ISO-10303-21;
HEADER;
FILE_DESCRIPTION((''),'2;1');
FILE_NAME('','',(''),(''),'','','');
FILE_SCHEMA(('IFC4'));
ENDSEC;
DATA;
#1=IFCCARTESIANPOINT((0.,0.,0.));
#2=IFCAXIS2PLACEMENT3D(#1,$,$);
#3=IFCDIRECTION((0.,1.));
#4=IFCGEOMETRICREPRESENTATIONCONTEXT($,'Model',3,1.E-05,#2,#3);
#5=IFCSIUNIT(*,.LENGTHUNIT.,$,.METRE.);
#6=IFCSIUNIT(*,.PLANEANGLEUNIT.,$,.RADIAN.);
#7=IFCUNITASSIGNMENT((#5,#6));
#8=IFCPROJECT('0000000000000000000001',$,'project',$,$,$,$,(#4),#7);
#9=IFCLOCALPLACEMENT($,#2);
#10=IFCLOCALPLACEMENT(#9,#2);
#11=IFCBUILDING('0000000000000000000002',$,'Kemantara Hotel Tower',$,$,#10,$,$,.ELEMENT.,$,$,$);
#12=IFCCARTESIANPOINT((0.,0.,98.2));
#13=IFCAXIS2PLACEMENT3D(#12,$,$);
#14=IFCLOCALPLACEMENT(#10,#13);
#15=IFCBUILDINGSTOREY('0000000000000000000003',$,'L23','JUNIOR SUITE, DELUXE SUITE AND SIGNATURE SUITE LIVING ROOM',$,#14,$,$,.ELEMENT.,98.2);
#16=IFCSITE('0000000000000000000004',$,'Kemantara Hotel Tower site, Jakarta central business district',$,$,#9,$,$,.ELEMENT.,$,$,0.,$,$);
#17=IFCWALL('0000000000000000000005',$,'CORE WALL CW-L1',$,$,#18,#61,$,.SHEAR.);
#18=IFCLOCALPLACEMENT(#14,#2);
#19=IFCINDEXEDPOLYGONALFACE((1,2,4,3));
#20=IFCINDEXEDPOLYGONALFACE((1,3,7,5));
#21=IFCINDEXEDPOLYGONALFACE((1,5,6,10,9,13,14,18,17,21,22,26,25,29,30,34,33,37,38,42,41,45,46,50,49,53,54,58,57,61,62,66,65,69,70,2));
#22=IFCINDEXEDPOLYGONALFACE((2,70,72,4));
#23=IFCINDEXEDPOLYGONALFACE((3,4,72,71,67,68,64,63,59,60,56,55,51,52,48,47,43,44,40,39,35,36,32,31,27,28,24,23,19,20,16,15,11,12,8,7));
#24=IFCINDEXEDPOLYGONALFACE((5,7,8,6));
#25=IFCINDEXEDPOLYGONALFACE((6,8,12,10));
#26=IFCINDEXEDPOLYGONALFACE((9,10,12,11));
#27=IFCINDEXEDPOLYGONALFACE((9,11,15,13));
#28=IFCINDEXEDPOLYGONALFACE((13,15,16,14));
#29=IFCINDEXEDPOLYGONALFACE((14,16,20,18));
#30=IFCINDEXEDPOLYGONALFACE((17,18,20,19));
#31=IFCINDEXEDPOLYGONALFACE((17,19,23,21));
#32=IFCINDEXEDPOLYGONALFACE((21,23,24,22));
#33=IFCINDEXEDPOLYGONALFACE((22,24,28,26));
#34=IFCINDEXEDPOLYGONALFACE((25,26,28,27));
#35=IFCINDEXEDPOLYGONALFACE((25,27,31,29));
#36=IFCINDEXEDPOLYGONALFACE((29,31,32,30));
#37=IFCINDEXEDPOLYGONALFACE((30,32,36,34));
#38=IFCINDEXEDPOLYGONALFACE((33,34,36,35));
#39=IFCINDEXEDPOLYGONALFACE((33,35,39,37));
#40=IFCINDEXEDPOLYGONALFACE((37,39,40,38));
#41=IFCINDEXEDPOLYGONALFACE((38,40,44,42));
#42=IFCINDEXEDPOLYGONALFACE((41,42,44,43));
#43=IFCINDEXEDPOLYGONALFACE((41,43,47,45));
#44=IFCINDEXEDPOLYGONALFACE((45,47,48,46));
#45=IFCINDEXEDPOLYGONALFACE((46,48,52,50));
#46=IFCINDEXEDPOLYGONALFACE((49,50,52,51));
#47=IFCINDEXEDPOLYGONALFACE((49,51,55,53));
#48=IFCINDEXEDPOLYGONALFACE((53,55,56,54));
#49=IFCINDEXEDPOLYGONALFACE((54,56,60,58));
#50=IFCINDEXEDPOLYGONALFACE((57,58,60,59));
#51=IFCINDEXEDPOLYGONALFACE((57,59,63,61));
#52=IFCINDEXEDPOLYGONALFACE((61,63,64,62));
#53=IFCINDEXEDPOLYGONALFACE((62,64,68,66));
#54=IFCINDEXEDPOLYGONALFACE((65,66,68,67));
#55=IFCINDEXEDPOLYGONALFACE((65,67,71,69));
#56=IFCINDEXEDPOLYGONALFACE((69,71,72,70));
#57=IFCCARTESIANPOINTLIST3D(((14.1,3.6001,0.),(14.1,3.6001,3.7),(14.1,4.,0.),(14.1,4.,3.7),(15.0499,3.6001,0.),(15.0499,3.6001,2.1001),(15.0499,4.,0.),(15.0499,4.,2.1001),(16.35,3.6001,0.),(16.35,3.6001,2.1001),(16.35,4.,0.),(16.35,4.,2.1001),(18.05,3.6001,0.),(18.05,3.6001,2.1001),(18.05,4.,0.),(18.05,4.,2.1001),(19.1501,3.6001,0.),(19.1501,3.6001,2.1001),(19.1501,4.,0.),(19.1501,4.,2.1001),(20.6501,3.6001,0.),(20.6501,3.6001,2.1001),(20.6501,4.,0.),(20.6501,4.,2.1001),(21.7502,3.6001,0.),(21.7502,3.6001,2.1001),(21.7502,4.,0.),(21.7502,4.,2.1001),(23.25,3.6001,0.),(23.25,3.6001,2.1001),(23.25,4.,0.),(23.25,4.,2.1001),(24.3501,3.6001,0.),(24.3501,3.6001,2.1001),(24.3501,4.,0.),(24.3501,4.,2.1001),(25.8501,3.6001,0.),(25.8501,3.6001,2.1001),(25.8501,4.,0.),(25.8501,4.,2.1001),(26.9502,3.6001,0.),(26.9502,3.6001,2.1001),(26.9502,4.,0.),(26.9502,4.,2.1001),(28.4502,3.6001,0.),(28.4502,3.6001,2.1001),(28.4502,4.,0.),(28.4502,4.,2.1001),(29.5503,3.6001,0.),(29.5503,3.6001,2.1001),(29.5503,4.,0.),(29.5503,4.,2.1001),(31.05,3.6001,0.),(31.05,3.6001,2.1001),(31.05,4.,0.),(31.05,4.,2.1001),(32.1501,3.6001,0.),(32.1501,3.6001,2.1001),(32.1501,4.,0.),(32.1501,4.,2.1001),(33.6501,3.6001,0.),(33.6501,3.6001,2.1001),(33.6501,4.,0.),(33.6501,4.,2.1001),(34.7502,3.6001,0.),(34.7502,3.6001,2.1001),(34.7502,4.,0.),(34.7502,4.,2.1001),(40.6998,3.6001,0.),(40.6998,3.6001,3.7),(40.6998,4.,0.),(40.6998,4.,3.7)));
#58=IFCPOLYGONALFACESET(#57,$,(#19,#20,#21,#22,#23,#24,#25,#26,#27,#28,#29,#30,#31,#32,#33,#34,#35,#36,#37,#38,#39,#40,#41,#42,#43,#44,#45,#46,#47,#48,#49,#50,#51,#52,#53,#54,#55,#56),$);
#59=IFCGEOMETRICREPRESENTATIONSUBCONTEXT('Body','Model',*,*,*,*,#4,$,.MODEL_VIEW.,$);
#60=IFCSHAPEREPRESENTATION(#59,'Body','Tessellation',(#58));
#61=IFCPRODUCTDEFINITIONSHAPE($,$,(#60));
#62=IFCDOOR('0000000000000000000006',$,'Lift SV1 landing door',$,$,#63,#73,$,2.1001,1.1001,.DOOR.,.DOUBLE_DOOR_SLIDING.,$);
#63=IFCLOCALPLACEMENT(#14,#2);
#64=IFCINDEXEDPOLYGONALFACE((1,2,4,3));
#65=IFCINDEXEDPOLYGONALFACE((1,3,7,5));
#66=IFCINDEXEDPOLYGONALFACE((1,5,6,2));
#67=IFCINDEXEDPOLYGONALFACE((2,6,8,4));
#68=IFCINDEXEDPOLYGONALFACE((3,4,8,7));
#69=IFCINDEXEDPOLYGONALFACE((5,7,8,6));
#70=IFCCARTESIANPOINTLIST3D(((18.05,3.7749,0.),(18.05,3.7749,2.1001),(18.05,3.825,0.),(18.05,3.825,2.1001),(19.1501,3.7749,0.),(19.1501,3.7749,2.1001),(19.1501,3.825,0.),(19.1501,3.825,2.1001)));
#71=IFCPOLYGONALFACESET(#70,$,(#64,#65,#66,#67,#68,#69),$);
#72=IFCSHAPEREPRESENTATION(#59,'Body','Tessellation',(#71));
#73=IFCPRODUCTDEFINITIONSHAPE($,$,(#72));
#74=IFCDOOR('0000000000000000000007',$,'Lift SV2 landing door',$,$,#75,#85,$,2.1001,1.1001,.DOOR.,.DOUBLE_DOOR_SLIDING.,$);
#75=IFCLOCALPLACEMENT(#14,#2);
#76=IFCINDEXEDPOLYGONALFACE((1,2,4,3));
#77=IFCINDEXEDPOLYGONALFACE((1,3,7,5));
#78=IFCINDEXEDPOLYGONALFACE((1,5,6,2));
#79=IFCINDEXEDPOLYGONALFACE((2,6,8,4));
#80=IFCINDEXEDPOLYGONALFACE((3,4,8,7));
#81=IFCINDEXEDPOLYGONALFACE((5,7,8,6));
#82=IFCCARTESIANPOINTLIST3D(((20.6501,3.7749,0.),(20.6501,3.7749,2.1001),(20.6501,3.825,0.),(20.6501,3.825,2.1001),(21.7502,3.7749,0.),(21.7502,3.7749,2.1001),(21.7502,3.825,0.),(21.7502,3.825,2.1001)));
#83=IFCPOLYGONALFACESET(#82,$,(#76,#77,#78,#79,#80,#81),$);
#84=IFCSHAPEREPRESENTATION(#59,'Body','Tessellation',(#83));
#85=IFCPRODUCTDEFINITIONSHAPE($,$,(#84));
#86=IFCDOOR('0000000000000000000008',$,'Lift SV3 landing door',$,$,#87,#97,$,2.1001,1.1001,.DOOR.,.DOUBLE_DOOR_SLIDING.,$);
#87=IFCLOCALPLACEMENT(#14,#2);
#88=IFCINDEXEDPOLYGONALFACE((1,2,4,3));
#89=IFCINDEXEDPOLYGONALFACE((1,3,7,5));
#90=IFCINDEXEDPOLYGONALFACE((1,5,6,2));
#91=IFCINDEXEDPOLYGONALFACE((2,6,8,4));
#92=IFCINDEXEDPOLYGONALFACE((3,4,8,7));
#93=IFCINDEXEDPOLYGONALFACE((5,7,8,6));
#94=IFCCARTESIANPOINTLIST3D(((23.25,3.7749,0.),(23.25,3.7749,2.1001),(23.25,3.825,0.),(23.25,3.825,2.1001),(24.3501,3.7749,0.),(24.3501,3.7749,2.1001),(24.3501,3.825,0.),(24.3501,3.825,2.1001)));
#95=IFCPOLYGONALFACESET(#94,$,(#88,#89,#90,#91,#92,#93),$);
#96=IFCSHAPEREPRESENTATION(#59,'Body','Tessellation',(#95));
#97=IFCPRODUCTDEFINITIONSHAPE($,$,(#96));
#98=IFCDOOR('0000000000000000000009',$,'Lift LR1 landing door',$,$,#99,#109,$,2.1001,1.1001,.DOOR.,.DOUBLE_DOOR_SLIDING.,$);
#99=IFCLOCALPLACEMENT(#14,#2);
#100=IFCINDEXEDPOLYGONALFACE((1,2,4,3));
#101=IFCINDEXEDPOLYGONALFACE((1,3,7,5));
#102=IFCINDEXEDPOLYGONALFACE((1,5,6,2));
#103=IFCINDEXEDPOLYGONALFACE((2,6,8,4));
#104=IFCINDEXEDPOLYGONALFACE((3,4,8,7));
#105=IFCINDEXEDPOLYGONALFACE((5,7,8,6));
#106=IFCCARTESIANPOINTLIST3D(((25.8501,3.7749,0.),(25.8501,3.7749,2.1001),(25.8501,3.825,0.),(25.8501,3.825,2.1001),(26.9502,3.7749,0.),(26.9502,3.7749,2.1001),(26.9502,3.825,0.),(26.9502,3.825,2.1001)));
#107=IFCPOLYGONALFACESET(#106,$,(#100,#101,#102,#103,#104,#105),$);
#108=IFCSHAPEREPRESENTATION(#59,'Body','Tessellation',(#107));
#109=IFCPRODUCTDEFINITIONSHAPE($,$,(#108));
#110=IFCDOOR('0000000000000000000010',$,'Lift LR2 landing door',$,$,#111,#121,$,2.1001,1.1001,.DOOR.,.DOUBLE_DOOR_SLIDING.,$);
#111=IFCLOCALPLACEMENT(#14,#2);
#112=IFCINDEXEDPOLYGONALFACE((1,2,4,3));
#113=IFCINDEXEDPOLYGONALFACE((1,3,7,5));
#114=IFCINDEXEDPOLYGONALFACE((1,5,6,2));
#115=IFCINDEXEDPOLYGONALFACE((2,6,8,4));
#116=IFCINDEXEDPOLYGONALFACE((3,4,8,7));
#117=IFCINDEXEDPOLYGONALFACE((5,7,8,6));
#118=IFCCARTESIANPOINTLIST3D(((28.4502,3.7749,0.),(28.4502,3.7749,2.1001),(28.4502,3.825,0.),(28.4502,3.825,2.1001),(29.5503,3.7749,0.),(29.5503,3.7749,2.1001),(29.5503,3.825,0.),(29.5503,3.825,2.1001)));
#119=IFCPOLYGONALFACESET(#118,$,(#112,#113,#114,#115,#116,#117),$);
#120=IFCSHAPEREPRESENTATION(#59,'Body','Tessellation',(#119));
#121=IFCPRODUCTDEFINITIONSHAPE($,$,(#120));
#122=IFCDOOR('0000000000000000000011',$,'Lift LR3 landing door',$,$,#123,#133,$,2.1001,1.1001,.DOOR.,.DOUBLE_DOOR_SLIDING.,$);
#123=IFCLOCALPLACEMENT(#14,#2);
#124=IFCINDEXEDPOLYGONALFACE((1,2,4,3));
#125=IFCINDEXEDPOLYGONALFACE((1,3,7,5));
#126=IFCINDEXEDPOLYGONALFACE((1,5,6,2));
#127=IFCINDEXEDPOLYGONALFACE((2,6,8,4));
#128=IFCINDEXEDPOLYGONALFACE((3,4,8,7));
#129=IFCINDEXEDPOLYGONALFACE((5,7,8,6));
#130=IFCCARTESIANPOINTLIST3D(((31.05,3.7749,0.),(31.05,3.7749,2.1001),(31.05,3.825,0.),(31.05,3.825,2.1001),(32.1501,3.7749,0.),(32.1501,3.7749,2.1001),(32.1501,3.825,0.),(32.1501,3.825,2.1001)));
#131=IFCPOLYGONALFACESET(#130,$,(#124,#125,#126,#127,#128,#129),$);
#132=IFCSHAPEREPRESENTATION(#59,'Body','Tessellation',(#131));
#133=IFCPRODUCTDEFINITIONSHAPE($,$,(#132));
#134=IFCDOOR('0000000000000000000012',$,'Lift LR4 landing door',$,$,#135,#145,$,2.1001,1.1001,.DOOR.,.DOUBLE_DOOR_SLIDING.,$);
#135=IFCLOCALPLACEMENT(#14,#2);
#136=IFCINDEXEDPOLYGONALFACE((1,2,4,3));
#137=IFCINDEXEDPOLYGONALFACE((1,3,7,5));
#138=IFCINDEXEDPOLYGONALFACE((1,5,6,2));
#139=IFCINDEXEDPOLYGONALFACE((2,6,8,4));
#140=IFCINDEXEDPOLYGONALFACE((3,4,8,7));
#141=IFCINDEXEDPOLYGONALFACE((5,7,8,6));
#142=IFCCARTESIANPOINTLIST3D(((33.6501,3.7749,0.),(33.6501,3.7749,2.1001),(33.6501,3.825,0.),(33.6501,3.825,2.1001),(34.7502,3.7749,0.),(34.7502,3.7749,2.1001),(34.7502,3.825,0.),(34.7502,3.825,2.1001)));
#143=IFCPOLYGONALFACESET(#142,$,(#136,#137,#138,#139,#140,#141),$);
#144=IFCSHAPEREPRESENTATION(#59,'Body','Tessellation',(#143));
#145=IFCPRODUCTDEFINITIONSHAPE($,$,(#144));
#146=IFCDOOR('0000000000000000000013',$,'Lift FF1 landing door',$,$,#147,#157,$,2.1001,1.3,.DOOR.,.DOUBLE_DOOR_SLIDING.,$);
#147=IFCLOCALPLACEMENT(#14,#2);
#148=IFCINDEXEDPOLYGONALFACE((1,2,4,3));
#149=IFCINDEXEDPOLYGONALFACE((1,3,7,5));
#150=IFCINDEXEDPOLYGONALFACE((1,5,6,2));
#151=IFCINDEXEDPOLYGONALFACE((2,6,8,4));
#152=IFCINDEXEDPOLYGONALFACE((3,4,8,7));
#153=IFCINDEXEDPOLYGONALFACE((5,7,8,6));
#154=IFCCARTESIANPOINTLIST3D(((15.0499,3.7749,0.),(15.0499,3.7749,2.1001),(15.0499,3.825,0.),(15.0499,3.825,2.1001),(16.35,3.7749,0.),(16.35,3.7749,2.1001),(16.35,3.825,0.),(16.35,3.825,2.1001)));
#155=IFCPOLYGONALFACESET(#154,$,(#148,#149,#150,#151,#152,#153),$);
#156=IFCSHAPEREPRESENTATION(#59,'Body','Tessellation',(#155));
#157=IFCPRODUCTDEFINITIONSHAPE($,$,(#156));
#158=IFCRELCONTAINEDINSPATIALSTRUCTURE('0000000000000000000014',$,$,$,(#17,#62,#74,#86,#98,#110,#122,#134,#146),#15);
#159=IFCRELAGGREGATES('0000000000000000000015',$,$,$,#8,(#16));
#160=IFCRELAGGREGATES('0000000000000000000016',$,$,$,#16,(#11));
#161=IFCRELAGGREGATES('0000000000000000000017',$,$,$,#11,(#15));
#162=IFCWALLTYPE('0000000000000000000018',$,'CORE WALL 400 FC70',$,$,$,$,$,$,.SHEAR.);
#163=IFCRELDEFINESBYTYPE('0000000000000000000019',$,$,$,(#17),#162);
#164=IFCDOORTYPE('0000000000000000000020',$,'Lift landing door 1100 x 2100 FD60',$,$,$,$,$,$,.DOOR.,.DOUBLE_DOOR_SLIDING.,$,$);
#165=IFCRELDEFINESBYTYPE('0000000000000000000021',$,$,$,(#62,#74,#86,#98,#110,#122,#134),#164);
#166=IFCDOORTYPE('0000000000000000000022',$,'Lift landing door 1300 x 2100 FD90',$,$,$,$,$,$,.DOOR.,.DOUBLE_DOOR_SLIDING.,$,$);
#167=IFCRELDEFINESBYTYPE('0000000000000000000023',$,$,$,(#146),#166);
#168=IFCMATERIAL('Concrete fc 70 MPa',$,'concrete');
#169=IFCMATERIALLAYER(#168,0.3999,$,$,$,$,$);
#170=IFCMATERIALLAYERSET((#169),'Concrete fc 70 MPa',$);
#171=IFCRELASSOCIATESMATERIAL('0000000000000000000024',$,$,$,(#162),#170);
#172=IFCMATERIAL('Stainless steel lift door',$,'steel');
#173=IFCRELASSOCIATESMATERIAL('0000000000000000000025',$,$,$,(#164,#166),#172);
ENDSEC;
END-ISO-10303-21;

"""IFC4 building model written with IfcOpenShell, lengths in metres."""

from ifc_helpers import new_model, si_unit, direction, frame, frame_2d, origin, place, context, subcontext, project, spatial, rectangle, extrude, material, layer, layer_set, type_object, element, fill, save


model = new_model("IFC4")

# Units and contexts
model_context = context("Model", 3, precision=1e-05, world=origin(), true_north=direction((0.0, 1.0)))
body_context = subcontext(model_context, "Body", "Model", "MODEL_VIEW")
ifc_project = project(units=[si_unit("LENGTHUNIT", "METRE"), si_unit("PLANEANGLEUNIT", "RADIAN")], contexts=[model_context])

# Site, building, storey
site_placement = place(None, origin())
site = spatial("IfcSite", under=ifc_project, at=site_placement, Name="Kemantara Hotel Tower site, Jakarta central business district", CompositionType="ELEMENT", RefElevation=0.0)
building_placement = place(site_placement, origin())
building = spatial("IfcBuilding", under=site, at=building_placement, Name="Kemantara Hotel Tower", CompositionType="ELEMENT")
storey_placement = place(building_placement, frame((0.0, 0.0, 98.2)))
storey = spatial("IfcBuildingStorey", under=building, at=storey_placement, Name="L23", Description="JUNIOR SUITE, DELUXE SUITE AND SIGNATURE SUITE LIVING ROOM", CompositionType="ELEMENT", Elevation=98.2)

# Wall, openings, doors
ifc_material_1 = material(Name="Concrete fc 70 MPa", Category="concrete")
ifc_layer_1 = layer(ifc_material_1, 0.3999)
ifc_layer_set_1 = layer_set([ifc_layer_1], Name="Concrete fc 70 MPa")
wall_type_1 = type_object("IfcWallType", Name="CORE WALL 400 FC70", PredefinedType="SHEAR", material=ifc_layer_set_1)
wall_1_placement = place(storey_placement, frame((14.1001, 3.8, 0.0), z_axis=(0.0, 0.0, 1.0), x_axis=(1.0, 0.0, 0.0)))
wall_1 = element("IfcWall", 1, at=wall_1_placement, inside=storey, type_object=wall_type_1, Name="CORE WALL CW-L1", PredefinedType="SHEAR", context=body_context, shape_type="SweptSolid", body=[
    extrude(rectangle(XDim=26.5999, YDim=0.3999, at=frame_2d((13.2998, 0.0))), origin(), (0.0, 0.0, 1.0), 3.7),
])
opening_1_placement = place(wall_1_placement, frame((0.95, 0.0, 0.0)))
opening_1 = element("IfcOpeningElement", 2, at=opening_1_placement, cuts=wall_1, PredefinedType="OPENING", context=body_context, shape_type="SweptSolid", body=[
    extrude(rectangle(XDim=1.3, YDim=2.1001, at=frame_2d((0.6499, 1.05))), frame((0.0, 0.21, 0.0), z_axis=(0.0, -1.0, 0.0), x_axis=(1.0, 0.0, 0.0)), (0.0, 0.0, 1.0), 0.4199),
])
opening_2_placement = place(wall_1_placement, frame((3.95, 0.0, 0.0)))
opening_2 = element("IfcOpeningElement", 3, at=opening_2_placement, cuts=wall_1, PredefinedType="OPENING", context=body_context, shape_type="SweptSolid", body=[
    extrude(rectangle(XDim=1.1001, YDim=2.1001, at=frame_2d((0.55, 1.05))), frame((0.0, 0.21, 0.0), z_axis=(0.0, -1.0, 0.0), x_axis=(1.0, 0.0, 0.0)), (0.0, 0.0, 1.0), 0.4199),
])
opening_3_placement = place(wall_1_placement, frame((6.55, 0.0, 0.0)))
opening_3 = element("IfcOpeningElement", 4, at=opening_3_placement, cuts=wall_1, PredefinedType="OPENING", context=body_context, shape_type="SweptSolid", body=[
    extrude(rectangle(XDim=1.1001, YDim=2.1001, at=frame_2d((0.55, 1.05))), frame((0.0, 0.21, 0.0), z_axis=(0.0, -1.0, 0.0), x_axis=(1.0, 0.0, 0.0)), (0.0, 0.0, 1.0), 0.4199),
])
opening_4_placement = place(wall_1_placement, frame((9.1499, 0.0, 0.0)))
opening_4 = element("IfcOpeningElement", 5, at=opening_4_placement, cuts=wall_1, PredefinedType="OPENING", context=body_context, shape_type="SweptSolid", body=[
    extrude(rectangle(XDim=1.1001, YDim=2.1001, at=frame_2d((0.55, 1.05))), frame((0.0, 0.21, 0.0), z_axis=(0.0, -1.0, 0.0), x_axis=(1.0, 0.0, 0.0)), (0.0, 0.0, 1.0), 0.4199),
])
opening_5_placement = place(wall_1_placement, frame((11.75, 0.0, 0.0)))
opening_5 = element("IfcOpeningElement", 6, at=opening_5_placement, cuts=wall_1, PredefinedType="OPENING", context=body_context, shape_type="SweptSolid", body=[
    extrude(rectangle(XDim=1.1001, YDim=2.1001, at=frame_2d((0.55, 1.05))), frame((0.0, 0.21, 0.0), z_axis=(0.0, -1.0, 0.0), x_axis=(1.0, 0.0, 0.0)), (0.0, 0.0, 1.0), 0.4199),
])
opening_6_placement = place(wall_1_placement, frame((14.3501, 0.0, 0.0)))
opening_6 = element("IfcOpeningElement", 7, at=opening_6_placement, cuts=wall_1, PredefinedType="OPENING", context=body_context, shape_type="SweptSolid", body=[
    extrude(rectangle(XDim=1.1001, YDim=2.1001, at=frame_2d((0.55, 1.05))), frame((0.0, 0.21, 0.0), z_axis=(0.0, -1.0, 0.0), x_axis=(1.0, 0.0, 0.0)), (0.0, 0.0, 1.0), 0.4199),
])
opening_7_placement = place(wall_1_placement, frame((16.95, 0.0, 0.0)))
opening_7 = element("IfcOpeningElement", 8, at=opening_7_placement, cuts=wall_1, PredefinedType="OPENING", context=body_context, shape_type="SweptSolid", body=[
    extrude(rectangle(XDim=1.1001, YDim=2.1001, at=frame_2d((0.55, 1.05))), frame((0.0, 0.21, 0.0), z_axis=(0.0, -1.0, 0.0), x_axis=(1.0, 0.0, 0.0)), (0.0, 0.0, 1.0), 0.4199),
])
opening_8_placement = place(wall_1_placement, frame((19.55, 0.0, 0.0)))
opening_8 = element("IfcOpeningElement", 9, at=opening_8_placement, cuts=wall_1, PredefinedType="OPENING", context=body_context, shape_type="SweptSolid", body=[
    extrude(rectangle(XDim=1.1001, YDim=2.1001, at=frame_2d((0.55, 1.05))), frame((0.0, 0.21, 0.0), z_axis=(0.0, -1.0, 0.0), x_axis=(1.0, 0.0, 0.0)), (0.0, 0.0, 1.0), 0.4199),
])
ifc_material_2 = material(Name="Stainless steel lift door", Category="steel")
door_type_1 = type_object("IfcDoorType", Name="Lift landing door 1100 x 2100 FD60", OperationType="DOUBLE_DOOR_SLIDING", PredefinedType="DOOR", material=ifc_material_2)
door_1_placement = place(opening_2_placement, origin())
door_1 = element("IfcDoor", 10, at=door_1_placement, inside=storey, type_object=door_type_1, Name="Lift SV1 landing door", OperationType="DOUBLE_DOOR_SLIDING", OverallHeight=2.1001, OverallWidth=1.1001, PredefinedType="DOOR", context=body_context, shape_type="SweptSolid", body=[
    extrude(rectangle(XDim=1.1001, YDim=2.1001, at=frame_2d((0.55, 1.05))), frame((0.0, 0.0249, 0.0), z_axis=(0.0, -1.0, 0.0), x_axis=(1.0, 0.0, 0.0)), (0.0, 0.0, 1.0), 0.05),
])
fill(opening_2, door_1)
door_2_placement = place(opening_3_placement, origin())
door_2 = element("IfcDoor", 11, at=door_2_placement, inside=storey, type_object=door_type_1, Name="Lift SV2 landing door", OperationType="DOUBLE_DOOR_SLIDING", OverallHeight=2.1001, OverallWidth=1.1001, PredefinedType="DOOR", context=body_context, shape_type="SweptSolid", body=[
    extrude(rectangle(XDim=1.1001, YDim=2.1001, at=frame_2d((0.55, 1.05))), frame((0.0, 0.0249, 0.0), z_axis=(0.0, -1.0, 0.0), x_axis=(1.0, 0.0, 0.0)), (0.0, 0.0, 1.0), 0.05),
])
fill(opening_3, door_2)
door_3_placement = place(opening_4_placement, origin())
door_3 = element("IfcDoor", 12, at=door_3_placement, inside=storey, type_object=door_type_1, Name="Lift SV3 landing door", OperationType="DOUBLE_DOOR_SLIDING", OverallHeight=2.1001, OverallWidth=1.1001, PredefinedType="DOOR", context=body_context, shape_type="SweptSolid", body=[
    extrude(rectangle(XDim=1.1001, YDim=2.1001, at=frame_2d((0.55, 1.05))), frame((0.0, 0.0249, 0.0), z_axis=(0.0, -1.0, 0.0), x_axis=(1.0, 0.0, 0.0)), (0.0, 0.0, 1.0), 0.05),
])
fill(opening_4, door_3)
door_4_placement = place(opening_5_placement, origin())
door_4 = element("IfcDoor", 13, at=door_4_placement, inside=storey, type_object=door_type_1, Name="Lift LR1 landing door", OperationType="DOUBLE_DOOR_SLIDING", OverallHeight=2.1001, OverallWidth=1.1001, PredefinedType="DOOR", context=body_context, shape_type="SweptSolid", body=[
    extrude(rectangle(XDim=1.1001, YDim=2.1001, at=frame_2d((0.55, 1.05))), frame((0.0, 0.0249, 0.0), z_axis=(0.0, -1.0, 0.0), x_axis=(1.0, 0.0, 0.0)), (0.0, 0.0, 1.0), 0.05),
])
fill(opening_5, door_4)
door_5_placement = place(opening_6_placement, origin())
door_5 = element("IfcDoor", 14, at=door_5_placement, inside=storey, type_object=door_type_1, Name="Lift LR2 landing door", OperationType="DOUBLE_DOOR_SLIDING", OverallHeight=2.1001, OverallWidth=1.1001, PredefinedType="DOOR", context=body_context, shape_type="SweptSolid", body=[
    extrude(rectangle(XDim=1.1001, YDim=2.1001, at=frame_2d((0.55, 1.05))), frame((0.0, 0.0249, 0.0), z_axis=(0.0, -1.0, 0.0), x_axis=(1.0, 0.0, 0.0)), (0.0, 0.0, 1.0), 0.05),
])
fill(opening_6, door_5)
door_6_placement = place(opening_7_placement, origin())
door_6 = element("IfcDoor", 15, at=door_6_placement, inside=storey, type_object=door_type_1, Name="Lift LR3 landing door", OperationType="DOUBLE_DOOR_SLIDING", OverallHeight=2.1001, OverallWidth=1.1001, PredefinedType="DOOR", context=body_context, shape_type="SweptSolid", body=[
    extrude(rectangle(XDim=1.1001, YDim=2.1001, at=frame_2d((0.55, 1.05))), frame((0.0, 0.0249, 0.0), z_axis=(0.0, -1.0, 0.0), x_axis=(1.0, 0.0, 0.0)), (0.0, 0.0, 1.0), 0.05),
])
fill(opening_7, door_6)
door_7_placement = place(opening_8_placement, origin())
door_7 = element("IfcDoor", 16, at=door_7_placement, inside=storey, type_object=door_type_1, Name="Lift LR4 landing door", OperationType="DOUBLE_DOOR_SLIDING", OverallHeight=2.1001, OverallWidth=1.1001, PredefinedType="DOOR", context=body_context, shape_type="SweptSolid", body=[
    extrude(rectangle(XDim=1.1001, YDim=2.1001, at=frame_2d((0.55, 1.05))), frame((0.0, 0.0249, 0.0), z_axis=(0.0, -1.0, 0.0), x_axis=(1.0, 0.0, 0.0)), (0.0, 0.0, 1.0), 0.05),
])
fill(opening_8, door_7)
door_type_2 = type_object("IfcDoorType", Name="Lift landing door 1300 x 2100 FD90", OperationType="DOUBLE_DOOR_SLIDING", PredefinedType="DOOR", material=ifc_material_2)
door_8_placement = place(opening_1_placement, origin())
door_8 = element("IfcDoor", 17, at=door_8_placement, inside=storey, type_object=door_type_2, Name="Lift FF1 landing door", OperationType="DOUBLE_DOOR_SLIDING", OverallHeight=2.1001, OverallWidth=1.3, PredefinedType="DOOR", context=body_context, shape_type="SweptSolid", body=[
    extrude(rectangle(XDim=1.3, YDim=2.1001, at=frame_2d((0.6499, 1.05))), frame((0.0, 0.0249, 0.0), z_axis=(0.0, -1.0, 0.0), x_axis=(1.0, 0.0, 0.0)), (0.0, 0.0, 1.0), 0.05),
])
fill(opening_1, door_8)

save(model, "model.ifc")
